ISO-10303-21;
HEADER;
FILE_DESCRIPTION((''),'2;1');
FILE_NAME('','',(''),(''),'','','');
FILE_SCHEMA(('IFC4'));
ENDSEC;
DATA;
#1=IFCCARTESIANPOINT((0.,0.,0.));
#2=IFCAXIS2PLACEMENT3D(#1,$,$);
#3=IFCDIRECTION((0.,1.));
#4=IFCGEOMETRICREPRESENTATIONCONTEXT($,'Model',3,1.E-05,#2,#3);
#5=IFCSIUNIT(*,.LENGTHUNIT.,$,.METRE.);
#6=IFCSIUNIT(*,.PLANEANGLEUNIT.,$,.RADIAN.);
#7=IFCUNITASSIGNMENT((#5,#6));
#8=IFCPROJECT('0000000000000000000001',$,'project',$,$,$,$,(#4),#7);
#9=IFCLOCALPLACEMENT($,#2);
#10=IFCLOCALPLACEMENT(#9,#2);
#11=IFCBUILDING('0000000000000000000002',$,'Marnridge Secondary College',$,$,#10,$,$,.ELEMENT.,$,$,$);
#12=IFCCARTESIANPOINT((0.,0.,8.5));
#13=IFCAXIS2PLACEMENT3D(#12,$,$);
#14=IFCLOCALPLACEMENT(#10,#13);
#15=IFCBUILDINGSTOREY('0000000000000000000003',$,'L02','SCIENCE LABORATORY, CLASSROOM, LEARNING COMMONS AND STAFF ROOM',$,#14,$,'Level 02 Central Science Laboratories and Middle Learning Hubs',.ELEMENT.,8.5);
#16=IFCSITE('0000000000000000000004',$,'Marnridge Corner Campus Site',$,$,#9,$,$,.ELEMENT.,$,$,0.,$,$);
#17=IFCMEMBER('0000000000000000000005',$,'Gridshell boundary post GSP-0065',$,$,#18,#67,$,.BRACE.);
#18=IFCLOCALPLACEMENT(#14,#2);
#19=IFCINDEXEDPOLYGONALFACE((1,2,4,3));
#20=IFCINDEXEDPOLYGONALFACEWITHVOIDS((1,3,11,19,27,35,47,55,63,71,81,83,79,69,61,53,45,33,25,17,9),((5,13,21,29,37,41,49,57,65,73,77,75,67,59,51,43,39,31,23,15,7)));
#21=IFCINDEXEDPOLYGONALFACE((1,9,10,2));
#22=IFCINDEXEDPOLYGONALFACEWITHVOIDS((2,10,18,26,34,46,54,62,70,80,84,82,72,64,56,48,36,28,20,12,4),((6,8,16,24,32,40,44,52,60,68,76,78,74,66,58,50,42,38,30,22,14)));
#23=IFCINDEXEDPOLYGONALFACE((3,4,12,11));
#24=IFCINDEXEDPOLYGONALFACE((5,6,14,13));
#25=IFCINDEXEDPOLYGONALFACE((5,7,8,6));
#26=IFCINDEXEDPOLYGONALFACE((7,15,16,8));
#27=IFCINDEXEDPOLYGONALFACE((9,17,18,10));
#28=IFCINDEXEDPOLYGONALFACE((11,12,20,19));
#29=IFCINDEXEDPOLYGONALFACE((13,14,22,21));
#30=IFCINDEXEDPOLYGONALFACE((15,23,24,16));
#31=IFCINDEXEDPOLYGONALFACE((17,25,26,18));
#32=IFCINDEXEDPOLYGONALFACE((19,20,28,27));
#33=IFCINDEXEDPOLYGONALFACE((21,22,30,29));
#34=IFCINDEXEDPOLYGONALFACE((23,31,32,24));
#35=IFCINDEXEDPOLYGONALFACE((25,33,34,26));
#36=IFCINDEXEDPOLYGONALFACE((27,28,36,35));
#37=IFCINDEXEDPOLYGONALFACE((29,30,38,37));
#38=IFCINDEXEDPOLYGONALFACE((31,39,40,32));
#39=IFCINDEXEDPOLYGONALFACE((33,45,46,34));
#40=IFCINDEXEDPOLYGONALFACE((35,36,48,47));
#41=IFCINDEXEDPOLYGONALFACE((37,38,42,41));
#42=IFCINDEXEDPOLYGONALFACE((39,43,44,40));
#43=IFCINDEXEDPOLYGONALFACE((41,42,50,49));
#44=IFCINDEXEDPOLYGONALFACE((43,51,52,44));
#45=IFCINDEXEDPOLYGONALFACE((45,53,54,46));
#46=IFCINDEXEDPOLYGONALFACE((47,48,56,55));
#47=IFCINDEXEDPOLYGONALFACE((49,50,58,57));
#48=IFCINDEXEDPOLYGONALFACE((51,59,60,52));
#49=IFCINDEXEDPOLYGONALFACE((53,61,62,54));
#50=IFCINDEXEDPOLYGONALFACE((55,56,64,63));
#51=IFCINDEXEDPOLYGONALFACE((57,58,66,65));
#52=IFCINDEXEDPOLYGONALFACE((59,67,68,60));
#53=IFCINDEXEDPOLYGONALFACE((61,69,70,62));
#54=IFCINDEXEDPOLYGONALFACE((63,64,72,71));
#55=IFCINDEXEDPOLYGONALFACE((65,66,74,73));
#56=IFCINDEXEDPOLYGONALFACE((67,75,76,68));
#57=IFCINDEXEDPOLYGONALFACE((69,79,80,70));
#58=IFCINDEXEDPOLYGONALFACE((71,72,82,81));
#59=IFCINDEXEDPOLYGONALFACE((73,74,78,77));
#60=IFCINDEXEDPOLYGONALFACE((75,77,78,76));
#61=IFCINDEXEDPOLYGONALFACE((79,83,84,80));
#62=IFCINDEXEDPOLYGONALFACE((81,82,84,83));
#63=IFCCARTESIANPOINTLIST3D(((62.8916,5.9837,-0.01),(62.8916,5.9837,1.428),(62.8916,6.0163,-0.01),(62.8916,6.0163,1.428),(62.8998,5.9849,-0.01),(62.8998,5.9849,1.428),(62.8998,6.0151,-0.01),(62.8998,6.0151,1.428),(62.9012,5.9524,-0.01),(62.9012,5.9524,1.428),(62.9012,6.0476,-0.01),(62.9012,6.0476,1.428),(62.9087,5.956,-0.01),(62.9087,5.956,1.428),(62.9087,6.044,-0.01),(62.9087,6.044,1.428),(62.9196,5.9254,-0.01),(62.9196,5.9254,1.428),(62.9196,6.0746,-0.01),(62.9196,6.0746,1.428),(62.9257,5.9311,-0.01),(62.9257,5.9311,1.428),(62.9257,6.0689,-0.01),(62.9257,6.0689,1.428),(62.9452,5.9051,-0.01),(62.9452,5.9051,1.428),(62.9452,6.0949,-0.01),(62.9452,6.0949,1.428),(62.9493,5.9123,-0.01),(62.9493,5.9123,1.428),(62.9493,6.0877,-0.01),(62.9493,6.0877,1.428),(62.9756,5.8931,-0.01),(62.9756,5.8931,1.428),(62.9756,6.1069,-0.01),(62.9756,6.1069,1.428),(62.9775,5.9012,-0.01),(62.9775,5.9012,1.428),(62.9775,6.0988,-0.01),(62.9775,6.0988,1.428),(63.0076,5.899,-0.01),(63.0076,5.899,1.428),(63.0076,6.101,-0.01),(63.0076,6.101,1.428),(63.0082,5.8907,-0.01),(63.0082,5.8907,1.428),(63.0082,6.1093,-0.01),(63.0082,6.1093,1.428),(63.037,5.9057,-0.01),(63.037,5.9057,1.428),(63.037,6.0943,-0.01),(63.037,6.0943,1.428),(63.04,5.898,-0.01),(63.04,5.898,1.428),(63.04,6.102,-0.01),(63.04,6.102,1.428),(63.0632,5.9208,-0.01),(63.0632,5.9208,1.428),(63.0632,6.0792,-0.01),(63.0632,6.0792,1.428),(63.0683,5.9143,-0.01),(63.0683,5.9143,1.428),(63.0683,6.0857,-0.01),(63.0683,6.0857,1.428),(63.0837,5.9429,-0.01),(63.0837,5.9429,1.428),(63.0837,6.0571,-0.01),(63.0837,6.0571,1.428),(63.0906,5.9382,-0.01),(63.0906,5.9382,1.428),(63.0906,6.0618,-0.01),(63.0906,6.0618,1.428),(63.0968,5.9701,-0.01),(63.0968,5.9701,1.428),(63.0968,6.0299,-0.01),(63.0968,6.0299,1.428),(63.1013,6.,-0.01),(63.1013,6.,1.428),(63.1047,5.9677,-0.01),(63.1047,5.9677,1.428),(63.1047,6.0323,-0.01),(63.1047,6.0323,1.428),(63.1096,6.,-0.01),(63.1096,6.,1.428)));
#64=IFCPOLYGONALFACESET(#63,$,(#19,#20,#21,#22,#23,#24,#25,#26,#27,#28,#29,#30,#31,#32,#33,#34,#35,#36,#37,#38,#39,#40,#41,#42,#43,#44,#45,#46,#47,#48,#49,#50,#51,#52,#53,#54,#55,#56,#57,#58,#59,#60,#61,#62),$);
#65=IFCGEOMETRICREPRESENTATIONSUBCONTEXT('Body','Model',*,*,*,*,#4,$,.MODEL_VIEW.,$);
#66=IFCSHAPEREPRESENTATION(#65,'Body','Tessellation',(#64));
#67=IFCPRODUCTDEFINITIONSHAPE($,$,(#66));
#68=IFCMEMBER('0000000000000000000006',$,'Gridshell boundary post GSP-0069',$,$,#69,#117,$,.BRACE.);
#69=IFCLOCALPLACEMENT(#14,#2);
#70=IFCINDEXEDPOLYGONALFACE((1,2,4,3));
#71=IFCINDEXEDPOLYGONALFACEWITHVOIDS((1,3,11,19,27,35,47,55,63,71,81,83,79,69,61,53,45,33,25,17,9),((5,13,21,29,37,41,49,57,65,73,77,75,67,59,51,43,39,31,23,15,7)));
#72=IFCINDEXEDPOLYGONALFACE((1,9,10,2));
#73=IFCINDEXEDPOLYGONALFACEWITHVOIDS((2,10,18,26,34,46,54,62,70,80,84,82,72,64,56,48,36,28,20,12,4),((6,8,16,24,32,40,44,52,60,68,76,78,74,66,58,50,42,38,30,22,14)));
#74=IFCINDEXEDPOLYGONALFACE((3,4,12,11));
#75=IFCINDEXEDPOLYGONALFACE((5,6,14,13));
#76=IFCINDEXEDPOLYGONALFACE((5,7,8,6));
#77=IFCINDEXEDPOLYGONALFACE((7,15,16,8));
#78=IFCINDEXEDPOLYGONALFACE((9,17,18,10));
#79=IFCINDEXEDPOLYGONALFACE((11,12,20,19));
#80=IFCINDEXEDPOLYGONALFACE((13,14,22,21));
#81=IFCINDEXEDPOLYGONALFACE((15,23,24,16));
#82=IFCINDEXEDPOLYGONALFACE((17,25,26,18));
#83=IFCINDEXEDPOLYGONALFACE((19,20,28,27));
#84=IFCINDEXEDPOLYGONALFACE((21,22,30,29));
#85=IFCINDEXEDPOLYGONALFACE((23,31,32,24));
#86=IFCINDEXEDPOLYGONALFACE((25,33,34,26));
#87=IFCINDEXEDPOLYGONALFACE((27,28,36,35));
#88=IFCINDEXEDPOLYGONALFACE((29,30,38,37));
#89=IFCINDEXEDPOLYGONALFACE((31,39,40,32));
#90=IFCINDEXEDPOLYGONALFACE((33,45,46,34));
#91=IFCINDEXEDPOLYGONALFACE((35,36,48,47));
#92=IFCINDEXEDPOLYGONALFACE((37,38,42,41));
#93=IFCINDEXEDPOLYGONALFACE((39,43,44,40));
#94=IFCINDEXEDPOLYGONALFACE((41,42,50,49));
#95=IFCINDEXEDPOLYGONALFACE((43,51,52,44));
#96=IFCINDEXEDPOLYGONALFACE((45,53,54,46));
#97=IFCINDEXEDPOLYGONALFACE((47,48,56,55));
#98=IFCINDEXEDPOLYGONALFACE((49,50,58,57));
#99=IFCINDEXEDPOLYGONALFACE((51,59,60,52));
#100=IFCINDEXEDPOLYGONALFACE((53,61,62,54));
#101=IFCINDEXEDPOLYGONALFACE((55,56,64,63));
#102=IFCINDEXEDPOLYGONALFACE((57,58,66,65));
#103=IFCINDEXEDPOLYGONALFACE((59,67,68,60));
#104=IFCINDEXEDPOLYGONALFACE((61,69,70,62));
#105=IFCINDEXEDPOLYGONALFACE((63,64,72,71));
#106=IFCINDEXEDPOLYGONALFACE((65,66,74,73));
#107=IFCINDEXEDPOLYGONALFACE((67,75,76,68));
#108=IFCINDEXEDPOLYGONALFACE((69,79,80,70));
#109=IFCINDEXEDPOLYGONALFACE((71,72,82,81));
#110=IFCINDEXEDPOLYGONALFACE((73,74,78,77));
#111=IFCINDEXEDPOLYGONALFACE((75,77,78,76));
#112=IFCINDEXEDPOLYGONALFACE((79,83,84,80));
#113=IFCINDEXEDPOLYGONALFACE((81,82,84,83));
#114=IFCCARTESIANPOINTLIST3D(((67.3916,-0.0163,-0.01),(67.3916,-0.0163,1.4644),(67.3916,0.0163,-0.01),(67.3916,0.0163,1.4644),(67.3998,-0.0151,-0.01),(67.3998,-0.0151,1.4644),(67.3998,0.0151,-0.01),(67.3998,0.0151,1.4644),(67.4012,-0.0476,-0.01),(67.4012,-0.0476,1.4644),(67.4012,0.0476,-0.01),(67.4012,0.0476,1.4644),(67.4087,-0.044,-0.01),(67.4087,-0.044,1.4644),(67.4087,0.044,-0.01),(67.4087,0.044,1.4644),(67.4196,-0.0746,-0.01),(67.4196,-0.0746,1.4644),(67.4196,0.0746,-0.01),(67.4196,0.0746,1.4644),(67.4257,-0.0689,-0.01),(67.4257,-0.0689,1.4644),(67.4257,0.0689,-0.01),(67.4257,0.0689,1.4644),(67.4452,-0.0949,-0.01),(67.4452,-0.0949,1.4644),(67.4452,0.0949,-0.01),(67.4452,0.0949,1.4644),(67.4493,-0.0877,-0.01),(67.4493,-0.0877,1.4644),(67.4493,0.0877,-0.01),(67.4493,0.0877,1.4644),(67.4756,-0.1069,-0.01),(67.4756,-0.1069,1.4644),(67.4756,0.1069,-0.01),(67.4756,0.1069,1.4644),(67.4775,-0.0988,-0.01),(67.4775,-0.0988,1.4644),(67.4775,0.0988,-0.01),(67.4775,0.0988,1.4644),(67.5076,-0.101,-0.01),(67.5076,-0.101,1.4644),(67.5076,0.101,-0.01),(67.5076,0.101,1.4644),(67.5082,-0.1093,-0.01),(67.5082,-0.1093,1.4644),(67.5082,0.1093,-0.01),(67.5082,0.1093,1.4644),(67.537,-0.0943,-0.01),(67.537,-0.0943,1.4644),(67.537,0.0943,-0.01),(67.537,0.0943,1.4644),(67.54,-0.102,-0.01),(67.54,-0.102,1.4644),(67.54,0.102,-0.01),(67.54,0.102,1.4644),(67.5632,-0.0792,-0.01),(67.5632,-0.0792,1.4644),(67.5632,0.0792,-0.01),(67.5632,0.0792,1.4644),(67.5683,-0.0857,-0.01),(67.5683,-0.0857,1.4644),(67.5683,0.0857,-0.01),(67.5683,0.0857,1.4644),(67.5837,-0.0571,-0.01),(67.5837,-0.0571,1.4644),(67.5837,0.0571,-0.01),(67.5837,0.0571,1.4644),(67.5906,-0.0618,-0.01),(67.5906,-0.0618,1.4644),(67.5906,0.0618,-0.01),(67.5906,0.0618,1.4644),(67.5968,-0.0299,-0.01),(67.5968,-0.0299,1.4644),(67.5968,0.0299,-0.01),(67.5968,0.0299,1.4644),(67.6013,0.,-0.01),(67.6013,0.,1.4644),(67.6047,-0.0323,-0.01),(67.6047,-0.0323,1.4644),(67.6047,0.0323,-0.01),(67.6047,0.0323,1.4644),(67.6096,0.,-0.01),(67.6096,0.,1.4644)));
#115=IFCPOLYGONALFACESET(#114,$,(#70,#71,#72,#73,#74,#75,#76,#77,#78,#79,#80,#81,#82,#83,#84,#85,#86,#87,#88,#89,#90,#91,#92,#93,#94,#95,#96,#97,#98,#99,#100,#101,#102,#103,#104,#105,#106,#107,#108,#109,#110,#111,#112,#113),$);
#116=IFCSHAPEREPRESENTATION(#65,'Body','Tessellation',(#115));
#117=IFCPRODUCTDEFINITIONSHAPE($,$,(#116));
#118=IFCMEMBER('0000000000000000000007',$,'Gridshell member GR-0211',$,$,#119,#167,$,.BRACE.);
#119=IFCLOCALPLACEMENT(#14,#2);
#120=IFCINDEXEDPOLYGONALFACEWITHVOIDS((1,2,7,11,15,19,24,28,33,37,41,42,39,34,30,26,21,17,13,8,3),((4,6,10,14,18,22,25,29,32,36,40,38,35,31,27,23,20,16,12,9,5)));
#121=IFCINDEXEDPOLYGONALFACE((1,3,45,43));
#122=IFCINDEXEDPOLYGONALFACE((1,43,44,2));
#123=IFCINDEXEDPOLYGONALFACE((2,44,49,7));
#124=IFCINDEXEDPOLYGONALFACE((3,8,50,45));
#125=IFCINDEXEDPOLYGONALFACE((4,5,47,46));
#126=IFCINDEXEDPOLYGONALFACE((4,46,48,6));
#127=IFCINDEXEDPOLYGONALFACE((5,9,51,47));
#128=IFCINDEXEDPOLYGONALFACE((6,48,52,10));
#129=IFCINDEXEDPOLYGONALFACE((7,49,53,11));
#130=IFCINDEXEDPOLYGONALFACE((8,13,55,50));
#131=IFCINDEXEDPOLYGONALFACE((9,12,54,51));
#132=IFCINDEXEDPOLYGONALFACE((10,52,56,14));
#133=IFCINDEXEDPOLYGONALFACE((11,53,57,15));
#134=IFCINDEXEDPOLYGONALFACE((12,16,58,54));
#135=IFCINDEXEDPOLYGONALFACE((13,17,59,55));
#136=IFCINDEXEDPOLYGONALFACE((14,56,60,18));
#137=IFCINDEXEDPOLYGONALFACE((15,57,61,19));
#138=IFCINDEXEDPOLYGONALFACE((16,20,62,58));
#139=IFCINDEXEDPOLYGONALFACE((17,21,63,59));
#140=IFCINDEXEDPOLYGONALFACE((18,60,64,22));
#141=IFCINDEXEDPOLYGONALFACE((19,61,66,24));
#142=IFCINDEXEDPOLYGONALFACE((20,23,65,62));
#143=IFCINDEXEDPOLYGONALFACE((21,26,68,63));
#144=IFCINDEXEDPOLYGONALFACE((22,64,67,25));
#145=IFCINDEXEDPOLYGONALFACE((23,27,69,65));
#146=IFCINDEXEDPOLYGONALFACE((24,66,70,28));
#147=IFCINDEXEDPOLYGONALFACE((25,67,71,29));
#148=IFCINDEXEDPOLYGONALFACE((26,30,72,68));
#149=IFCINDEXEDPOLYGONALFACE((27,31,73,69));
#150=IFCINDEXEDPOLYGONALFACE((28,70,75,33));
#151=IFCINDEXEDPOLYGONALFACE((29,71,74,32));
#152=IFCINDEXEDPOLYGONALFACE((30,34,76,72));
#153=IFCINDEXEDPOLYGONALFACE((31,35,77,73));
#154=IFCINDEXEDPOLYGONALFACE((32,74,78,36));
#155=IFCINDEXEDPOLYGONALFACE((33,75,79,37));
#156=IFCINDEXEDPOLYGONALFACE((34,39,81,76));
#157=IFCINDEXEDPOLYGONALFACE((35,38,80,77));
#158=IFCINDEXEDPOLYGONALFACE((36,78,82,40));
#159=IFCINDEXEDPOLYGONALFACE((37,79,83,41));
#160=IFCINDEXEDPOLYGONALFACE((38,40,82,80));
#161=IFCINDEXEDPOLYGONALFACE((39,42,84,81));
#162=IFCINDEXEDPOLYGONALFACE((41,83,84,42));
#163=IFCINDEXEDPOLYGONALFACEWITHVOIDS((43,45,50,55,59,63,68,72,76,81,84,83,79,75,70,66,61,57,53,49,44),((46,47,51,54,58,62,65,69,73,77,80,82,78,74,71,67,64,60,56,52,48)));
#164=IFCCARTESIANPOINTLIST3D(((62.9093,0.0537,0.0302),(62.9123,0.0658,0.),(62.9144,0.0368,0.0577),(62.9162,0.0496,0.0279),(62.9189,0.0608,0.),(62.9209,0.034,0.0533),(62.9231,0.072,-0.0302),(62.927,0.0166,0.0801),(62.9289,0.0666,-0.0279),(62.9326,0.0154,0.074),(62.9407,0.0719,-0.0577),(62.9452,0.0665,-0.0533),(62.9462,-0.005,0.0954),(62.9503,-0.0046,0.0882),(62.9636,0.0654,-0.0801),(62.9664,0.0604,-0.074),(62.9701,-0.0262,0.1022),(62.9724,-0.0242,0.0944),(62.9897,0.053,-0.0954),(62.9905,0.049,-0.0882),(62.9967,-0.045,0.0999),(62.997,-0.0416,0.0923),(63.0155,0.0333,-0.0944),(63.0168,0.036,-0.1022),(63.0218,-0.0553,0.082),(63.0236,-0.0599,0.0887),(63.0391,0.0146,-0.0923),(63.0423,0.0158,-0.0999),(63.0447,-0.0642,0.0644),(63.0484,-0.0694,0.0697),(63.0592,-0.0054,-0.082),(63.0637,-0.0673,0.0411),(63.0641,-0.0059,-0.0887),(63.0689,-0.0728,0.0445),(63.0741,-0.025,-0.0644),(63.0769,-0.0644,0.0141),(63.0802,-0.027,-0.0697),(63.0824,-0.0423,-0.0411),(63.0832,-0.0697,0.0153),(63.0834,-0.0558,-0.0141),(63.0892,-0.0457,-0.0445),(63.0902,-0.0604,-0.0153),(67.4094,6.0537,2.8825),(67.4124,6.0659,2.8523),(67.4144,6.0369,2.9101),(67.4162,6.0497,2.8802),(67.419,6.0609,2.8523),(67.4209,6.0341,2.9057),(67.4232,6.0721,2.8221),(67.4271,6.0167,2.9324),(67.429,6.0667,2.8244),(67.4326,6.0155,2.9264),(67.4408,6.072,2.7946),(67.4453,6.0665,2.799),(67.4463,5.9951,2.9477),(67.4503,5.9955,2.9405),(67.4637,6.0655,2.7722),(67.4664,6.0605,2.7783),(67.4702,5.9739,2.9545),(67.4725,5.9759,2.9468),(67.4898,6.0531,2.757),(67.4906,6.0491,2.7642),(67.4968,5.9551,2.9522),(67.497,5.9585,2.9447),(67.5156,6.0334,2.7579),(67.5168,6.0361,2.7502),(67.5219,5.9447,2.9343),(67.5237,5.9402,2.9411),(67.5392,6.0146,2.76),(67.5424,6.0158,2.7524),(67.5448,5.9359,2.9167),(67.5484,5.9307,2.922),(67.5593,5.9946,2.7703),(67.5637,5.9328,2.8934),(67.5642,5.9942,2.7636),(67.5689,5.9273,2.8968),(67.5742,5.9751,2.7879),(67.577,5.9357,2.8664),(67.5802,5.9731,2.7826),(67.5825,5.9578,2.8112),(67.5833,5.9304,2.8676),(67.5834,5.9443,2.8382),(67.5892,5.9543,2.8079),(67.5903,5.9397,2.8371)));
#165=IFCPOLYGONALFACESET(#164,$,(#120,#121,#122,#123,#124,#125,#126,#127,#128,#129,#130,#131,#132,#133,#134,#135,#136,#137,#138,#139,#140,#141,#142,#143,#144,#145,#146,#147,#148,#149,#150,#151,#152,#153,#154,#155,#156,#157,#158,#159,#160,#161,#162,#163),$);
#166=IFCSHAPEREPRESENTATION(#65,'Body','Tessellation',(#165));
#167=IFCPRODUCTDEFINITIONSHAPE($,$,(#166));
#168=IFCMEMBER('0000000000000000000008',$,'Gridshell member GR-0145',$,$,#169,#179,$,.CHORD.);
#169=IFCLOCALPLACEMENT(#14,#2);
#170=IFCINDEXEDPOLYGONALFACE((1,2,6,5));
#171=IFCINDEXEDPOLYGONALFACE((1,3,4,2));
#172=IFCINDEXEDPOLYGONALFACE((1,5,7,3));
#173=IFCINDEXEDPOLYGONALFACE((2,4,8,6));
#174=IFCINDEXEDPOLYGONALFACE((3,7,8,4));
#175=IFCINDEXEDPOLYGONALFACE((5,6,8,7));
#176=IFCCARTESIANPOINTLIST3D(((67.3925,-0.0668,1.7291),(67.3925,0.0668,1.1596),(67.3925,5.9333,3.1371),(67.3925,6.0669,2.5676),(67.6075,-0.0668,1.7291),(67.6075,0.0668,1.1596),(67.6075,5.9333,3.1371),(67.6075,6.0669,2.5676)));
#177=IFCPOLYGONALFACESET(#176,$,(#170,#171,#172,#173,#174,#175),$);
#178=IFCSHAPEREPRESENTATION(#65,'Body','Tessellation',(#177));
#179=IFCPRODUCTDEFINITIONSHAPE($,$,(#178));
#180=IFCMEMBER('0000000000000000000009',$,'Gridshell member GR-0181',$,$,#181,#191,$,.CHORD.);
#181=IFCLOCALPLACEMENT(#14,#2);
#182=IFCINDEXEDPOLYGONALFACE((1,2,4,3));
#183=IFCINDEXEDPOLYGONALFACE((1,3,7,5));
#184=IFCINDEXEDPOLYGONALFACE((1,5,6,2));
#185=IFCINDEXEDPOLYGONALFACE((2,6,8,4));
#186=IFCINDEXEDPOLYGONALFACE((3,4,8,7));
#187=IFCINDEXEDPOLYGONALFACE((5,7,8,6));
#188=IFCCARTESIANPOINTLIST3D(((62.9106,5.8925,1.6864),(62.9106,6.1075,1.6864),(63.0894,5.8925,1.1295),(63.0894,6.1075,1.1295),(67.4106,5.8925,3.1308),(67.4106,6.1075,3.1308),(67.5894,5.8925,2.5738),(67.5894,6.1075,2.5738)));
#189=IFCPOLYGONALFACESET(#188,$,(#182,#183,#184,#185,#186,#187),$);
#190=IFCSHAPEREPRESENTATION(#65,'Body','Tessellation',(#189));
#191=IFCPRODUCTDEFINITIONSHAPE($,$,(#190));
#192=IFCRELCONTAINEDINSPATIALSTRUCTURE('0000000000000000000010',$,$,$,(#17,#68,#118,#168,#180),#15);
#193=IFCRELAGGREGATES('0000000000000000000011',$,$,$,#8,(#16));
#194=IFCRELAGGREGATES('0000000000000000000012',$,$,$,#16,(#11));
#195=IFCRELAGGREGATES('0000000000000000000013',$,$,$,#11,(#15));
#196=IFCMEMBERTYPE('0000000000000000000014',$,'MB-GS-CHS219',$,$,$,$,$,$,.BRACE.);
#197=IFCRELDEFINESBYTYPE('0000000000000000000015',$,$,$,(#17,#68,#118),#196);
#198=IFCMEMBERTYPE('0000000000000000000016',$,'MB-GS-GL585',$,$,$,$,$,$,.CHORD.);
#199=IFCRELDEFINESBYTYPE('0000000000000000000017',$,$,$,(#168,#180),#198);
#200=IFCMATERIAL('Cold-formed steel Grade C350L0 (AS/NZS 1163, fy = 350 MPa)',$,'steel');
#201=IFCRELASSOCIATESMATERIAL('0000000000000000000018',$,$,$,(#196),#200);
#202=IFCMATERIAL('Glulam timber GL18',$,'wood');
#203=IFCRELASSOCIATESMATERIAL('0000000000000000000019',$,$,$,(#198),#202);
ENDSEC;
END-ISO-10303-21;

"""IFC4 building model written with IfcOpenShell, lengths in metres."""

from ifc_helpers import new_model, si_unit, direction, frame, origin, origin_2d, place, context, subcontext, project, spatial, rectangle, hollow_circle, extrude, material, material_profile, profile_set, type_object, element, save


model = new_model("IFC4")

# Units and contexts
model_context = context("Model", 3, precision=1e-05, world=origin(), true_north=direction((0.0, 1.0)))
body_context = subcontext(model_context, "Body", "Model", "MODEL_VIEW")
ifc_project = project(units=[si_unit("LENGTHUNIT", "METRE"), si_unit("PLANEANGLEUNIT", "RADIAN")], contexts=[model_context])

# Site, building, storey
site_placement = place(None, origin())
site = spatial("IfcSite", under=ifc_project, at=site_placement, Name="Marnridge Corner Campus Site", CompositionType="ELEMENT", RefElevation=0.0)
building_placement = place(site_placement, origin())
building = spatial("IfcBuilding", under=site, at=building_placement, Name="Marnridge Secondary College", CompositionType="ELEMENT")
storey_placement = place(building_placement, frame((0.0, 0.0, 8.5)))
storey = spatial("IfcBuildingStorey", under=building, at=storey_placement, Name="L02", Description="SCIENCE LABORATORY, CLASSROOM, LEARNING COMMONS AND STAFF ROOM", LongName="Level 02 Central Science Laboratories and Middle Learning Hubs", CompositionType="ELEMENT", Elevation=8.5)

# Members
ifc_material_1 = material(Name="Cold-formed steel Grade C350L0 (AS/NZS 1163, fy = 350 MPa)", Category="steel")
ifc_material_profile_1 = material_profile(ifc_material_1, hollow_circle(Radius=0.1096, WallThickness=0.0083, at=origin_2d()), Name="219.1x8.2CHS")
ifc_profile_set_1 = profile_set([ifc_material_profile_1], Name="Cold-formed steel Grade C350L0 (AS/NZS 1163, fy = 350 MPa)")
member_type_1 = type_object("IfcMemberType", Name="MB-GS-CHS219", PredefinedType="BRACE", material=ifc_profile_set_1)
member_1_placement = place(storey_placement, frame((63.0, 6.0, -0.01), z_axis=(0.0, 0.0, 1.0), x_axis=(1.0, 0.0, 0.0)))
element("IfcMember", 1, at=member_1_placement, inside=storey, type_object=member_type_1, Name="Gridshell boundary post GSP-0065", PredefinedType="BRACE", context=body_context, shape_type="SweptSolid", body=[
    extrude(hollow_circle(Radius=0.1096, WallThickness=0.0083, at=origin_2d()), origin(), (0.0, 0.0, 1.0), 1.438),
])
member_2_placement = place(storey_placement, frame((67.5, 0.0, -0.01), z_axis=(0.0, 0.0, 1.0), x_axis=(1.0, 0.0, 0.0)))
element("IfcMember", 2, at=member_2_placement, inside=storey, type_object=member_type_1, Name="Gridshell boundary post GSP-0069", PredefinedType="BRACE", context=body_context, shape_type="SweptSolid", body=[
    extrude(hollow_circle(Radius=0.1096, WallThickness=0.0083, at=origin_2d()), origin(), (0.0, 0.0, 1.0), 1.4744),
])
member_3_placement = place(storey_placement, frame((63.0, 0.0, 0.0), z_axis=(0.560813, 0.747751, 0.355468), x_axis=(-0.8, 0.6, 0.0)))
element("IfcMember", 3, at=member_3_placement, inside=storey, type_object=member_type_1, Name="Gridshell member GR-0211", PredefinedType="BRACE", context=body_context, shape_type="SweptSolid", body=[
    extrude(hollow_circle(Radius=0.1096, WallThickness=0.0083, at=origin_2d()), origin(), (0.0, 0.0, 1.0), 8.0242),
])
ifc_material_2 = material(Name="Glulam timber GL18", Category="wood")
ifc_material_profile_2 = material_profile(ifc_material_2, rectangle(XDim=0.2151, YDim=0.585, at=origin_2d()), Name="GL18 215x585")
ifc_profile_set_2 = profile_set([ifc_material_profile_2], Name="Glulam timber GL18")
member_type_2 = type_object("IfcMemberType", Name="MB-GS-GL585", PredefinedType="CHORD", material=ifc_profile_set_2)
member_4_placement = place(storey_placement, frame((67.5, 0.0, 1.4443), z_axis=(0.0, 0.973555, 0.228454), x_axis=(-1.0, 0.0, 0.0)))
element("IfcMember", 4, at=member_4_placement, inside=storey, type_object=member_type_2, Name="Gridshell member GR-0145", PredefinedType="CHORD", context=body_context, shape_type="SweptSolid", body=[
    extrude(rectangle(XDim=0.2151, YDim=0.585, at=origin_2d()), origin(), (0.0, 0.0, 1.0), 6.1631),
])
member_5_placement = place(storey_placement, frame((63.0, 6.0, 1.408), z_axis=(0.952157, 0.0, 0.305608), x_axis=(0.0, 1.0, 0.0)))
element("IfcMember", 5, at=member_5_placement, inside=storey, type_object=member_type_2, Name="Gridshell member GR-0181", PredefinedType="CHORD", context=body_context, shape_type="SweptSolid", body=[
    extrude(rectangle(XDim=0.2151, YDim=0.585, at=origin_2d()), origin(), (0.0, 0.0, 1.0), 4.7261),
])

save(model, "model.ifc")
